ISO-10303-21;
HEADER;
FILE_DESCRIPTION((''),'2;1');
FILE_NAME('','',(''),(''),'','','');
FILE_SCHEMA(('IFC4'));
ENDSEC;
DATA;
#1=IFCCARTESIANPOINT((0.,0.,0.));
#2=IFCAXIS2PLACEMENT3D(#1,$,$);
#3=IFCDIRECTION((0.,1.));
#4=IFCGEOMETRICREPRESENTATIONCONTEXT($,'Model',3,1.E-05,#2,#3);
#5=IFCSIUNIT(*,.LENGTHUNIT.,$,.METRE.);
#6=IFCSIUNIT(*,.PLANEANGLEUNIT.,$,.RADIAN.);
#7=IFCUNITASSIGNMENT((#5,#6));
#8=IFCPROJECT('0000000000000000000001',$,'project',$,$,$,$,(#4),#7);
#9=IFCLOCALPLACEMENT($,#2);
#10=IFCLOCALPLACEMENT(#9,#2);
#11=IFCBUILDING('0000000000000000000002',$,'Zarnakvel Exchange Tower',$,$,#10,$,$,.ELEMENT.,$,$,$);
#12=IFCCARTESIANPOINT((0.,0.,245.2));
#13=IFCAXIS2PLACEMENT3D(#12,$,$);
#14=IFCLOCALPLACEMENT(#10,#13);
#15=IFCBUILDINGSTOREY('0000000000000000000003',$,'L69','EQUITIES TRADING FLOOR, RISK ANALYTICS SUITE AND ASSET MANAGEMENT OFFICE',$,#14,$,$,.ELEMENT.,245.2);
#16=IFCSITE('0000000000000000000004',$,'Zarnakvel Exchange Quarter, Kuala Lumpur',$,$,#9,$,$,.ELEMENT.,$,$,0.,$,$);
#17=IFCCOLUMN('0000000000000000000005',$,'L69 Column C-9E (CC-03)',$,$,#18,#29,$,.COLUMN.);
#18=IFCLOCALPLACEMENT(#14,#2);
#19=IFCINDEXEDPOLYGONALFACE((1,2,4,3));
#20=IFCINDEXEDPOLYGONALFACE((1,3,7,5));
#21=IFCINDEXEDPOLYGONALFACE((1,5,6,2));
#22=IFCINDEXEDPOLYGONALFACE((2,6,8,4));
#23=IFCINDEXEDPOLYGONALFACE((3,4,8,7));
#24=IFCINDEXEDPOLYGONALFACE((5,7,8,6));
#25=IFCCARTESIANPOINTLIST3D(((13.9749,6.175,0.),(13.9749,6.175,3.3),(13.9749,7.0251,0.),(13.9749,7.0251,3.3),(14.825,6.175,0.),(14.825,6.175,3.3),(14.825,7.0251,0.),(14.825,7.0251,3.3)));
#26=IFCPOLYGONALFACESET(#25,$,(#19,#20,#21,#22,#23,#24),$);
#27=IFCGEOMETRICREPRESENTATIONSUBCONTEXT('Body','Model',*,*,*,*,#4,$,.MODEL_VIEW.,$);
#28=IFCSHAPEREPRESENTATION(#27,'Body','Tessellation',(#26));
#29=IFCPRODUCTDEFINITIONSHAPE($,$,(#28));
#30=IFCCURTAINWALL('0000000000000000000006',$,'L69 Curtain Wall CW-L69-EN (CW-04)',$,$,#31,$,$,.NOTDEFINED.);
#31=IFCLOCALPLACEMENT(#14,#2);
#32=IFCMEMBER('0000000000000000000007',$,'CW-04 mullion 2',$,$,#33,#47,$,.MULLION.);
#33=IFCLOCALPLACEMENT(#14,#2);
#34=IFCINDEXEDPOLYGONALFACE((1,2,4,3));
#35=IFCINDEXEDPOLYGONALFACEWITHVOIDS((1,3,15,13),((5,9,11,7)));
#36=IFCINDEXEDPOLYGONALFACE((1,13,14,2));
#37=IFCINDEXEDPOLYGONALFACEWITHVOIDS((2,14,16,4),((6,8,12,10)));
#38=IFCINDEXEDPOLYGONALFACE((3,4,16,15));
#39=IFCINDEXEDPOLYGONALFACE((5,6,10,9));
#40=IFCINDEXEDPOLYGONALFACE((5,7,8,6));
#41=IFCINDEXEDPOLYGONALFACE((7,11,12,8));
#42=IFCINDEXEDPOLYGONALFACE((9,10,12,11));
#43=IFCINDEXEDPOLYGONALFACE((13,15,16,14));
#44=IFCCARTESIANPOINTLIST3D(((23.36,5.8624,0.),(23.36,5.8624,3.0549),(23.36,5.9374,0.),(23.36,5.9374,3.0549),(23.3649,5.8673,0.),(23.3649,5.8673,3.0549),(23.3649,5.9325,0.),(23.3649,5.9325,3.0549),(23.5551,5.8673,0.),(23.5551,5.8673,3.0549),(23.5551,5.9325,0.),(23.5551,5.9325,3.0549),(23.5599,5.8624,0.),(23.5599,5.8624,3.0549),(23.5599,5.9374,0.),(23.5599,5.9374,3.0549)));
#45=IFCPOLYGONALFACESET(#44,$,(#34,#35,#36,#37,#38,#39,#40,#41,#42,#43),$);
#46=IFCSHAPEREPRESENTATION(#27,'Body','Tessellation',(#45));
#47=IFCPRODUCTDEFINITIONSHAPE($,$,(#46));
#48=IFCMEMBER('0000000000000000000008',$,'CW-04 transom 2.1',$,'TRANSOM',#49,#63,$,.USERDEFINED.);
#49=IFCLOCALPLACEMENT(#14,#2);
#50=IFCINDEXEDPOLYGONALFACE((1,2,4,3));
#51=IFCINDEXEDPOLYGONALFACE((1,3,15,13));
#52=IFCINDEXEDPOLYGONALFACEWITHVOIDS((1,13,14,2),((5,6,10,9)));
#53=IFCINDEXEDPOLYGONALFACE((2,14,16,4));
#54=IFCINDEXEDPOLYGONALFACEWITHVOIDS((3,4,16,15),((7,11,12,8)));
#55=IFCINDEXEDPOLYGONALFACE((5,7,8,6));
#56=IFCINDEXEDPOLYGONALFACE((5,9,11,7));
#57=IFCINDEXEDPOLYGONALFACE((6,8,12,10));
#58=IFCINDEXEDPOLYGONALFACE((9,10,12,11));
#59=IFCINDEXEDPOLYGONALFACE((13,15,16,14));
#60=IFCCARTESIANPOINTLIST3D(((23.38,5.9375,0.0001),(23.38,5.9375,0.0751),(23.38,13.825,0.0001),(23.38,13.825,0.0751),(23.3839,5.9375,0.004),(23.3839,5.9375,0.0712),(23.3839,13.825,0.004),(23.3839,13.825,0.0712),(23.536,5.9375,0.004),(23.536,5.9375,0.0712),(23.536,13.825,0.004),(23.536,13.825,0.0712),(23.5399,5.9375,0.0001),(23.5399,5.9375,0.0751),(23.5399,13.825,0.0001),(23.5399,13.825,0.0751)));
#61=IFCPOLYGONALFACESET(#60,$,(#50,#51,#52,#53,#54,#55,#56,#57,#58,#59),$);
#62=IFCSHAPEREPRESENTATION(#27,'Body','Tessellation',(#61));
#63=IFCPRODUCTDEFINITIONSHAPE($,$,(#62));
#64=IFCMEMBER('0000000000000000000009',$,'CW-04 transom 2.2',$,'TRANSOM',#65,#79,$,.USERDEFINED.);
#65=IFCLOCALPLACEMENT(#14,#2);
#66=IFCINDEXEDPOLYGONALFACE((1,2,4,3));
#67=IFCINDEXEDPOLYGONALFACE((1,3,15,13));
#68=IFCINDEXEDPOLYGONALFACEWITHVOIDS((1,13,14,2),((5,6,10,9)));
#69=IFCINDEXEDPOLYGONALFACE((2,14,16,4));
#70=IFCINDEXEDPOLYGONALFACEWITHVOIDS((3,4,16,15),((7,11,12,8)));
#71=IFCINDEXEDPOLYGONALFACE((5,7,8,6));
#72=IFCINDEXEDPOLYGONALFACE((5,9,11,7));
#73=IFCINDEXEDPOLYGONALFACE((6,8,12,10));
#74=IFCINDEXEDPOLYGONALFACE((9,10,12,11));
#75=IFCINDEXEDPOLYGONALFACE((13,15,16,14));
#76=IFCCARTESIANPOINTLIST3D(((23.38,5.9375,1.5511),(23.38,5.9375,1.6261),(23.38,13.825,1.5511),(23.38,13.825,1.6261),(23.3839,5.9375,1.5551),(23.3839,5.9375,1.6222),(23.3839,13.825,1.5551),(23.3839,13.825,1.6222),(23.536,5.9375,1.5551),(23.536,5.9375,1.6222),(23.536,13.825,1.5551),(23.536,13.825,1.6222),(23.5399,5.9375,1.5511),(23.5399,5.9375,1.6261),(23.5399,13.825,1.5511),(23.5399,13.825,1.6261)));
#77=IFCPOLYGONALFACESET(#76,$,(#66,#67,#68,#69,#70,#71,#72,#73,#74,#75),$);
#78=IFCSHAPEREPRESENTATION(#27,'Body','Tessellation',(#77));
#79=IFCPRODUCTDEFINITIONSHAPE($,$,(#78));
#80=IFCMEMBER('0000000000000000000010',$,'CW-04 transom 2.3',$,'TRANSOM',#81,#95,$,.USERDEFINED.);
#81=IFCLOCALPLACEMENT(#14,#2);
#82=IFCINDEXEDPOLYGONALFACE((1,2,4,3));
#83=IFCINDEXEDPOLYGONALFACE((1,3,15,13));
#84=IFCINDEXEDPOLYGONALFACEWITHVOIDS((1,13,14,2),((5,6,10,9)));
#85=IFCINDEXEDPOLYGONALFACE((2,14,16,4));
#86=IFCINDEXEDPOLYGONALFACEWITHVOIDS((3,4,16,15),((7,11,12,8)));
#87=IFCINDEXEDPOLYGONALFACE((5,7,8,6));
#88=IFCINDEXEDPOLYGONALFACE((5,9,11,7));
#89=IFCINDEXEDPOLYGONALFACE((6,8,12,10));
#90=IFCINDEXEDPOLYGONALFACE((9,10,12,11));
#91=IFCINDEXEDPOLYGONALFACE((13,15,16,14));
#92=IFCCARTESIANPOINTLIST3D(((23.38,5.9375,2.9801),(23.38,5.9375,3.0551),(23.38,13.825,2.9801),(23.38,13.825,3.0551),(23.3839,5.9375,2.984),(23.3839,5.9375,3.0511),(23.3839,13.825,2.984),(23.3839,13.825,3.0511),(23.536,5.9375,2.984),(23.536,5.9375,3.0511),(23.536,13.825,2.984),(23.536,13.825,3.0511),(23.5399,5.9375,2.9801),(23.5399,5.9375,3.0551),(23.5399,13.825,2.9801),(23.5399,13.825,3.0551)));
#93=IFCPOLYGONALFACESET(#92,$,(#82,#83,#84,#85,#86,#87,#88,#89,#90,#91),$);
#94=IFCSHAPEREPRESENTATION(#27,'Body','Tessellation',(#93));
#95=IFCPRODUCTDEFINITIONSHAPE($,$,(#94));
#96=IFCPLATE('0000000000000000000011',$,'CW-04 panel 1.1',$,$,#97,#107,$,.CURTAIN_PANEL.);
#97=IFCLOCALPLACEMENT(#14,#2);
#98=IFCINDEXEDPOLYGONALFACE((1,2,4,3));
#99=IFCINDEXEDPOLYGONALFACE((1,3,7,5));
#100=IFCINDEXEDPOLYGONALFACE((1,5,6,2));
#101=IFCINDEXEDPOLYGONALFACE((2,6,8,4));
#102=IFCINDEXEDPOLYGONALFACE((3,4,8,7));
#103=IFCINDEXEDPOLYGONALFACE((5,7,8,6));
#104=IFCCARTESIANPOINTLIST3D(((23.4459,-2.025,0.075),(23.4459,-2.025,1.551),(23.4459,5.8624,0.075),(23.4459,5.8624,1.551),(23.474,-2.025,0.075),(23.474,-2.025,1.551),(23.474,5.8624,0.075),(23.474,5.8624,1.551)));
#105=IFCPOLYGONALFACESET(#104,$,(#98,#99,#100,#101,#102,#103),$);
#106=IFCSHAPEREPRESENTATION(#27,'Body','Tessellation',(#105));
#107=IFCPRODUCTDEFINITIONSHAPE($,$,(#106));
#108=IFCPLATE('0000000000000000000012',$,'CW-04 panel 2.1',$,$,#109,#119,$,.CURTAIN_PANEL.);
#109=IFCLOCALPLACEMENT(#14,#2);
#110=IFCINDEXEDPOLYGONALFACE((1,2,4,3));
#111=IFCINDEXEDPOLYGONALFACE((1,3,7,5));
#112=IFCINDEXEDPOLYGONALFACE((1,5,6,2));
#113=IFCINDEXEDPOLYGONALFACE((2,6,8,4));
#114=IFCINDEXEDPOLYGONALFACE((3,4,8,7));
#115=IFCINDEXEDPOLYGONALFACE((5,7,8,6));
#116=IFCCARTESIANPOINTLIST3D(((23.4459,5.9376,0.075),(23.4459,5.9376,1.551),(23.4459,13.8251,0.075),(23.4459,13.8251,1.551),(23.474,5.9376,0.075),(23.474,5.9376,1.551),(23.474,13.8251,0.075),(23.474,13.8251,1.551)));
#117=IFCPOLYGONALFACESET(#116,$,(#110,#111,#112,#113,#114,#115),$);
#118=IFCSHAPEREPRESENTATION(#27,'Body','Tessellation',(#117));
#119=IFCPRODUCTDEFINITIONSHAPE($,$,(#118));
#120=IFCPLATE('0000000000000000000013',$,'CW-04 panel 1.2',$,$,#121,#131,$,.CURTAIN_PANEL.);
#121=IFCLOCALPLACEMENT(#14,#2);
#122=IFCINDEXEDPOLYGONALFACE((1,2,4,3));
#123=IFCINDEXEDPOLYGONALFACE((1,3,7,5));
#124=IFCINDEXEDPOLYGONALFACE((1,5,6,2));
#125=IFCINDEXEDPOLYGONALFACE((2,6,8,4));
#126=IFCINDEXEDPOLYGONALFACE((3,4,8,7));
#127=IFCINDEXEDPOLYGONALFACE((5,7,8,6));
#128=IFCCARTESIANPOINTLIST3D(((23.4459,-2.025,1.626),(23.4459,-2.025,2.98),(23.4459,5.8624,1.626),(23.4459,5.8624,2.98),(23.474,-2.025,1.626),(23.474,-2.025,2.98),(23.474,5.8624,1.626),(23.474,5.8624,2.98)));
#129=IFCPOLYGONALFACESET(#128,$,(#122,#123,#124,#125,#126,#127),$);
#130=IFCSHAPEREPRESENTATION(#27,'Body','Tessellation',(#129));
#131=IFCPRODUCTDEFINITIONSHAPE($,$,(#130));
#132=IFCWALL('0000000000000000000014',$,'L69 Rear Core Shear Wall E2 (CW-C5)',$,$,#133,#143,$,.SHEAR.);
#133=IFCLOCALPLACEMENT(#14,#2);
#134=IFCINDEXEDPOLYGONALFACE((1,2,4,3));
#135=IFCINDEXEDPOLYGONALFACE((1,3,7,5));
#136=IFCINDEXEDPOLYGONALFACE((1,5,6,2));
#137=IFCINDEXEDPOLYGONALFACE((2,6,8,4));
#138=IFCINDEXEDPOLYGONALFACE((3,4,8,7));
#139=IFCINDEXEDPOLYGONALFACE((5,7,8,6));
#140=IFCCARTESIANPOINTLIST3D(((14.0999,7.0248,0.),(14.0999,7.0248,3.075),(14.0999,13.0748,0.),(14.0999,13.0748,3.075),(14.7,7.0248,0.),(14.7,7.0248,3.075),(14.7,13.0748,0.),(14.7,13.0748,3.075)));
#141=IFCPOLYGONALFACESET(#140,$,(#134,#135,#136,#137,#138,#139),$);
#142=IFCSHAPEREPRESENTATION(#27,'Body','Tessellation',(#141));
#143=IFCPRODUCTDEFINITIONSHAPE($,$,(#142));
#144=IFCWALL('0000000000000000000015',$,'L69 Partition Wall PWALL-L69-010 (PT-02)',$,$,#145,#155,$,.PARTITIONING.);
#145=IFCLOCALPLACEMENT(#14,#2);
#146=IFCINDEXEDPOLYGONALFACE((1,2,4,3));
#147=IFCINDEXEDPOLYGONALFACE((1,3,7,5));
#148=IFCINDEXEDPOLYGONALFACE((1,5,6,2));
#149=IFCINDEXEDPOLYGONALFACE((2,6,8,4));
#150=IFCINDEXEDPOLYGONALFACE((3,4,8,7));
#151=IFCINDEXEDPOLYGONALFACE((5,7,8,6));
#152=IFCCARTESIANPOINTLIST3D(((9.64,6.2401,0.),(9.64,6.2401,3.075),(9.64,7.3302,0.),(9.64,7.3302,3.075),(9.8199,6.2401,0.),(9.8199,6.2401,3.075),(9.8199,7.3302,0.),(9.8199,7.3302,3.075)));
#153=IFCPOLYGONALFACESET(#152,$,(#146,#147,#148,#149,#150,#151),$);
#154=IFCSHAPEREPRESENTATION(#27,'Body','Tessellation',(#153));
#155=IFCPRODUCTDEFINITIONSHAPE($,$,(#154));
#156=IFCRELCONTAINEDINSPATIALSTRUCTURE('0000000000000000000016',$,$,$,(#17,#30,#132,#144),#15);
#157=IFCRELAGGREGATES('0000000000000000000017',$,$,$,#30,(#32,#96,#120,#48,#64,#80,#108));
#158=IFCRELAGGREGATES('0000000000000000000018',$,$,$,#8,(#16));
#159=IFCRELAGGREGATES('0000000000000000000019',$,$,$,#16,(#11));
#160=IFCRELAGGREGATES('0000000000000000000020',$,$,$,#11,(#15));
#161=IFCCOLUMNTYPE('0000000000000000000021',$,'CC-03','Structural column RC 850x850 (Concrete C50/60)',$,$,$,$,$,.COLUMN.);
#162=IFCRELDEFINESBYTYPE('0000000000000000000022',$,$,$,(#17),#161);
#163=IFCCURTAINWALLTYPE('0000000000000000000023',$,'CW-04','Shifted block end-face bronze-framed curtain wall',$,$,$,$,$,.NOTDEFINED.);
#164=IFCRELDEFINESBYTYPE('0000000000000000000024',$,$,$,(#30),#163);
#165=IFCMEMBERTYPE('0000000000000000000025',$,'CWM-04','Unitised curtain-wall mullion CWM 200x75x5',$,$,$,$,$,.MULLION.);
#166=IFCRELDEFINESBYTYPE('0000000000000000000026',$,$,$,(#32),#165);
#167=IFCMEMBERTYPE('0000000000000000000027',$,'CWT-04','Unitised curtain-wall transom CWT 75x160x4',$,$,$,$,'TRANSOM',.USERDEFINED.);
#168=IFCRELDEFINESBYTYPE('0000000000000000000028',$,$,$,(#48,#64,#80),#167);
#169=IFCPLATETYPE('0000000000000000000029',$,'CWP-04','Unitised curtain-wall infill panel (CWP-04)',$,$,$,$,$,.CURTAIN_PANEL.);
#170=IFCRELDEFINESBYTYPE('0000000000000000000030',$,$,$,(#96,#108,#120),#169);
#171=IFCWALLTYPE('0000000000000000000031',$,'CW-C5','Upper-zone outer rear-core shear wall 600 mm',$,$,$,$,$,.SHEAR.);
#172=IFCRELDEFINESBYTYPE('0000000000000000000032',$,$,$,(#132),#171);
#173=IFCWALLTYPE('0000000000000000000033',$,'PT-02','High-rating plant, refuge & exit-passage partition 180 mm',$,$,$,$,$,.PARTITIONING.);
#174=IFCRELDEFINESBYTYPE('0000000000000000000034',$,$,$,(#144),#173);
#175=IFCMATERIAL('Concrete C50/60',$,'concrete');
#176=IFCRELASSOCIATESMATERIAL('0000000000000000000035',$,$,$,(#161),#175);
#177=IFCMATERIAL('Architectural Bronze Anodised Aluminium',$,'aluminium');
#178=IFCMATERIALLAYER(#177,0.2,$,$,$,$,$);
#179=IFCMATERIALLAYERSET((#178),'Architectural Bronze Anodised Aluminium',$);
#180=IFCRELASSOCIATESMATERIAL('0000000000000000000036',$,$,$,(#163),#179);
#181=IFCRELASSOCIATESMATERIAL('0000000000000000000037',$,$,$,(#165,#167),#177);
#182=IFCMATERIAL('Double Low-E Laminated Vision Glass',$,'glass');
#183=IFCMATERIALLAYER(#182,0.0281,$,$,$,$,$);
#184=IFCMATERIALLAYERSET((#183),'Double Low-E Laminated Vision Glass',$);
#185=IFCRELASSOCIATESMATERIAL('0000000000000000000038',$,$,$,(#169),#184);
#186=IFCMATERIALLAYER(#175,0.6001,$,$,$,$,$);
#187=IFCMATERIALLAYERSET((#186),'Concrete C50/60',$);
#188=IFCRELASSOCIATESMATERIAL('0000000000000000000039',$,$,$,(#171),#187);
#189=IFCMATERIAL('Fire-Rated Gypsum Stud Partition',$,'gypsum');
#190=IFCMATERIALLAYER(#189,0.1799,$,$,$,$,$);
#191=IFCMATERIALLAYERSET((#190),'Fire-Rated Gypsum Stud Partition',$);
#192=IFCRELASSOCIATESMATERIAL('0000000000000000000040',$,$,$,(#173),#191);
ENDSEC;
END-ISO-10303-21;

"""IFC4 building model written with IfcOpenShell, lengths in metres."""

from ifc_helpers import new_model, si_unit, direction, frame, frame_2d, origin, origin_2d, place, context, subcontext, project, spatial, rectangle, hollow_rectangle, extrude, source, transform, mapped, material, layer, layer_set, material_profile, profile_set, type_object, element, aggregate, save


model = new_model("IFC4")

# Units and contexts
model_context = context("Model", 3, precision=1e-05, world=origin(), true_north=direction((0.0, 1.0)))
body_context = subcontext(model_context, "Body", "Model", "MODEL_VIEW")
ifc_project = project(units=[si_unit("LENGTHUNIT", "METRE"), si_unit("PLANEANGLEUNIT", "RADIAN")], contexts=[model_context])

# Site, building, storey
site_placement = place(None, origin())
site = spatial("IfcSite", under=ifc_project, at=site_placement, Name="Zarnakvel Exchange Quarter, Kuala Lumpur", CompositionType="ELEMENT", RefElevation=0.0)
building_placement = place(site_placement, origin())
building = spatial("IfcBuilding", under=site, at=building_placement, Name="Zarnakvel Exchange Tower", CompositionType="ELEMENT")
storey_placement = place(building_placement, frame((0.0, 0.0, 245.2)))
storey = spatial("IfcBuildingStorey", under=building, at=storey_placement, Name="L69", Description="EQUITIES TRADING FLOOR, RISK ANALYTICS SUITE AND ASSET MANAGEMENT OFFICE", CompositionType="ELEMENT", Elevation=245.2)

# Column
ifc_material_1 = material(Name="Concrete C50/60", Category="concrete")
ifc_material_profile_1 = material_profile(ifc_material_1, rectangle(XDim=0.8501, YDim=0.8501, at=origin_2d()))
ifc_profile_set_1 = profile_set([ifc_material_profile_1], Name="Concrete C50/60")
column_type = type_object("IfcColumnType", Name="CC-03", Description="Structural column RC 850x850 (Concrete C50/60)", PredefinedType="COLUMN", material=ifc_profile_set_1)
column_placement = place(storey_placement, frame((14.3999, 6.6001, 0.0), z_axis=(0.0, 0.0, 1.0), x_axis=(1.0, 0.0, 0.0)))
element("IfcColumn", 1, at=column_placement, inside=storey, type_object=column_type, Name="L69 Column C-9E (CC-03)", PredefinedType="COLUMN", context=body_context, shape_type="SweptSolid", body=[
    extrude(rectangle(XDim=0.8501, YDim=0.8501, at=origin_2d()), origin(), (0.0, 0.0, 1.0), 3.3),
])

# Curtain wall, members, plates
ifc_material_2 = material(Name="Architectural Bronze Anodised Aluminium", Category="aluminium")
ifc_layer_1 = layer(ifc_material_2, 0.2)
ifc_layer_set_1 = layer_set([ifc_layer_1], Name="Architectural Bronze Anodised Aluminium")
curtain_wall_type = type_object("IfcCurtainWallType", Name="CW-04", Description="Shifted block end-face bronze-framed curtain wall", PredefinedType="NOTDEFINED", material=ifc_layer_set_1)
curtain_wall_placement = place(storey_placement, origin())
curtain_wall = element("IfcCurtainWall", 2, at=curtain_wall_placement, inside=storey, type_object=curtain_wall_type, Name="L69 Curtain Wall CW-L69-EN (CW-04)", PredefinedType="NOTDEFINED")
ifc_material_profile_2 = material_profile(ifc_material_2, hollow_rectangle(XDim=0.2, YDim=0.075, WallThickness=0.0049, at=origin_2d()))
ifc_profile_set_2 = profile_set([ifc_material_profile_2], Name="Architectural Bronze Anodised Aluminium")
member_type_1 = type_object("IfcMemberType", Name="CWM-04", Description="Unitised curtain-wall mullion CWM 200x75x5", PredefinedType="MULLION", material=ifc_profile_set_2)
shared_shape_1 = source(origin(), body_context, "Body", "SweptSolid", [
    extrude(hollow_rectangle(XDim=0.2, YDim=0.075, WallThickness=0.0049, at=origin_2d()), origin(), (0.0, 0.0, 1.0), 3.0549),
])
member_1_placement = place(storey_placement, frame((23.46, 5.8999, 0.0), z_axis=(0.0, 0.0, 1.0), x_axis=(-1.0, 0.0, 0.0)))
member_1 = element("IfcMember", 3, at=member_1_placement, type_object=member_type_1, Name="CW-04 mullion 2", PredefinedType="MULLION", context=body_context, shape_type="MappedRepresentation", body=[
    mapped(shared_shape_1, transform((0.0, 0.0, 0.0), x_axis=(1.0, 0.0, 0.0), y_axis=(0.0, 1.0, 0.0), z_axis=(0.0, 0.0, 1.0), scale=1.0)),
])
ifc_material_profile_3 = material_profile(ifc_material_2, hollow_rectangle(XDim=0.1599, YDim=0.075, WallThickness=0.0039, at=origin_2d()))
ifc_profile_set_3 = profile_set([ifc_material_profile_3], Name="Architectural Bronze Anodised Aluminium")
member_type_2 = type_object("IfcMemberType", Name="CWT-04", Description="Unitised curtain-wall transom CWT 75x160x4", ElementType="TRANSOM", PredefinedType="USERDEFINED", material=ifc_profile_set_3)
shared_shape_2 = source(origin(), body_context, "Body", "SweptSolid", [
    extrude(hollow_rectangle(XDim=0.1599, YDim=0.075, WallThickness=0.0039, at=origin_2d()), origin(), (0.0, 0.0, 1.0), 7.8875),
])
member_2_placement = place(storey_placement, frame((23.46, 5.9375, 0.0376), z_axis=(0.0, 1.0, 0.0), x_axis=(-1.0, 0.0, 0.0)))
member_2 = element("IfcMember", 4, at=member_2_placement, type_object=member_type_2, Name="CW-04 transom 2.1", ObjectType="TRANSOM", PredefinedType="USERDEFINED", context=body_context, shape_type="MappedRepresentation", body=[
    mapped(shared_shape_2, transform((0.0, 0.0, 0.0), x_axis=(1.0, 0.0, 0.0), y_axis=(0.0, 1.0, 0.0), z_axis=(0.0, 0.0, 1.0), scale=1.0)),
])
member_3_placement = place(storey_placement, frame((23.46, 5.9375, 1.5886), z_axis=(0.0, 1.0, 0.0), x_axis=(-1.0, 0.0, 0.0)))
member_3 = element("IfcMember", 5, at=member_3_placement, type_object=member_type_2, Name="CW-04 transom 2.2", ObjectType="TRANSOM", PredefinedType="USERDEFINED", context=body_context, shape_type="MappedRepresentation", body=[
    mapped(shared_shape_2, transform((0.0, 0.0, 0.0), x_axis=(1.0, 0.0, 0.0), y_axis=(0.0, 1.0, 0.0), z_axis=(0.0, 0.0, 1.0), scale=1.0)),
])
member_4_placement = place(storey_placement, frame((23.46, 5.9375, 3.0176), z_axis=(0.0, 1.0, 0.0), x_axis=(-1.0, 0.0, 0.0)))
member_4 = element("IfcMember", 6, at=member_4_placement, type_object=member_type_2, Name="CW-04 transom 2.3", ObjectType="TRANSOM", PredefinedType="USERDEFINED", context=body_context, shape_type="MappedRepresentation", body=[
    mapped(shared_shape_2, transform((0.0, 0.0, 0.0), x_axis=(1.0, 0.0, 0.0), y_axis=(0.0, 1.0, 0.0), z_axis=(0.0, 0.0, 1.0), scale=1.0)),
])
ifc_material_3 = material(Name="Double Low-E Laminated Vision Glass", Category="glass")
ifc_layer_2 = layer(ifc_material_3, 0.0281)
ifc_layer_set_2 = layer_set([ifc_layer_2], Name="Double Low-E Laminated Vision Glass")
plate_type = type_object("IfcPlateType", Name="CWP-04", Description="Unitised curtain-wall infill panel (CWP-04)", PredefinedType="CURTAIN_PANEL", material=ifc_layer_set_2)
shared_shape_3 = source(origin(), body_context, "Body", "SweptSolid", [
    extrude(rectangle(XDim=7.8875, YDim=0.0281, at=origin_2d()), origin(), (0.0, 0.0, 1.0), 1.4761),
])
plate_1_placement = place(storey_placement, frame((23.46, 1.9187, 0.075), z_axis=(0.0, 0.0, 1.0), x_axis=(0.0, 1.0, 0.0)))
plate_1 = element("IfcPlate", 7, at=plate_1_placement, type_object=plate_type, Name="CW-04 panel 1.1", PredefinedType="CURTAIN_PANEL", context=body_context, shape_type="MappedRepresentation", body=[
    mapped(shared_shape_3, transform((0.0, 0.0, 0.0), x_axis=(1.0, 0.0, 0.0), y_axis=(0.0, 1.0, 0.0), z_axis=(0.0, 0.0, 1.0), scale=1.0)),
])
plate_2_placement = place(storey_placement, frame((23.46, 9.8813, 0.075), z_axis=(0.0, 0.0, 1.0), x_axis=(0.0, 1.0, 0.0)))
plate_2 = element("IfcPlate", 8, at=plate_2_placement, type_object=plate_type, Name="CW-04 panel 2.1", PredefinedType="CURTAIN_PANEL", context=body_context, shape_type="MappedRepresentation", body=[
    mapped(shared_shape_3, transform((0.0, 0.0, 0.0), x_axis=(1.0, 0.0, 0.0), y_axis=(0.0, 1.0, 0.0), z_axis=(0.0, 0.0, 1.0), scale=1.0)),
])
shared_shape_4 = source(origin(), body_context, "Body", "SweptSolid", [
    extrude(rectangle(XDim=7.8875, YDim=0.0281, at=origin_2d()), origin(), (0.0, 0.0, 1.0), 1.354),
])
plate_3_placement = place(storey_placement, frame((23.46, 1.9187, 1.626), z_axis=(0.0, 0.0, 1.0), x_axis=(0.0, 1.0, 0.0)))
plate_3 = element("IfcPlate", 9, at=plate_3_placement, type_object=plate_type, Name="CW-04 panel 1.2", PredefinedType="CURTAIN_PANEL", context=body_context, shape_type="MappedRepresentation", body=[
    mapped(shared_shape_4, transform((0.0, 0.0, 0.0), x_axis=(1.0, 0.0, 0.0), y_axis=(0.0, 1.0, 0.0), z_axis=(0.0, 0.0, 1.0), scale=1.0)),
])
aggregate(curtain_wall, [member_1, plate_1, plate_3, member_2, member_3, member_4, plate_2])

# Walls
ifc_layer_3 = layer(ifc_material_1, 0.6001)
ifc_layer_set_3 = layer_set([ifc_layer_3], Name="Concrete C50/60")
wall_type_1 = type_object("IfcWallType", Name="CW-C5", Description="Upper-zone outer rear-core shear wall 600 mm", PredefinedType="SHEAR", material=ifc_layer_set_3)
wall_1_placement = place(storey_placement, frame((14.3999, 7.0249, 0.0), z_axis=(0.0, 0.0, 1.0), x_axis=(0.0, 1.0, 0.0)))
element("IfcWall", 10, at=wall_1_placement, inside=storey, type_object=wall_type_1, Name="L69 Rear Core Shear Wall E2 (CW-C5)", PredefinedType="SHEAR", context=body_context, shape_type="SweptSolid", body=[
    extrude(rectangle(XDim=6.05, YDim=0.6001, at=frame_2d((3.0249, 0.0))), origin(), (0.0, 0.0, 1.0), 3.075),
])
ifc_material_4 = material(Name="Fire-Rated Gypsum Stud Partition", Category="gypsum")
ifc_layer_4 = layer(ifc_material_4, 0.1799)
ifc_layer_set_4 = layer_set([ifc_layer_4], Name="Fire-Rated Gypsum Stud Partition")
wall_type_2 = type_object("IfcWallType", Name="PT-02", Description="High-rating plant, refuge & exit-passage partition 180 mm", PredefinedType="PARTITIONING", material=ifc_layer_set_4)
wall_2_placement = place(storey_placement, frame((9.73, 7.3301, 0.0), z_axis=(0.0, 0.0, 1.0), x_axis=(0.0, -1.0, 0.0)))
element("IfcWall", 11, at=wall_2_placement, inside=storey, type_object=wall_type_2, Name="L69 Partition Wall PWALL-L69-010 (PT-02)", PredefinedType="PARTITIONING", context=body_context, shape_type="SweptSolid", body=[
    extrude(rectangle(XDim=1.0901, YDim=0.1799, at=frame_2d((0.5449, 0.0))), origin(), (0.0, 0.0, 1.0), 3.075),
])

save(model, "model.ifc")
